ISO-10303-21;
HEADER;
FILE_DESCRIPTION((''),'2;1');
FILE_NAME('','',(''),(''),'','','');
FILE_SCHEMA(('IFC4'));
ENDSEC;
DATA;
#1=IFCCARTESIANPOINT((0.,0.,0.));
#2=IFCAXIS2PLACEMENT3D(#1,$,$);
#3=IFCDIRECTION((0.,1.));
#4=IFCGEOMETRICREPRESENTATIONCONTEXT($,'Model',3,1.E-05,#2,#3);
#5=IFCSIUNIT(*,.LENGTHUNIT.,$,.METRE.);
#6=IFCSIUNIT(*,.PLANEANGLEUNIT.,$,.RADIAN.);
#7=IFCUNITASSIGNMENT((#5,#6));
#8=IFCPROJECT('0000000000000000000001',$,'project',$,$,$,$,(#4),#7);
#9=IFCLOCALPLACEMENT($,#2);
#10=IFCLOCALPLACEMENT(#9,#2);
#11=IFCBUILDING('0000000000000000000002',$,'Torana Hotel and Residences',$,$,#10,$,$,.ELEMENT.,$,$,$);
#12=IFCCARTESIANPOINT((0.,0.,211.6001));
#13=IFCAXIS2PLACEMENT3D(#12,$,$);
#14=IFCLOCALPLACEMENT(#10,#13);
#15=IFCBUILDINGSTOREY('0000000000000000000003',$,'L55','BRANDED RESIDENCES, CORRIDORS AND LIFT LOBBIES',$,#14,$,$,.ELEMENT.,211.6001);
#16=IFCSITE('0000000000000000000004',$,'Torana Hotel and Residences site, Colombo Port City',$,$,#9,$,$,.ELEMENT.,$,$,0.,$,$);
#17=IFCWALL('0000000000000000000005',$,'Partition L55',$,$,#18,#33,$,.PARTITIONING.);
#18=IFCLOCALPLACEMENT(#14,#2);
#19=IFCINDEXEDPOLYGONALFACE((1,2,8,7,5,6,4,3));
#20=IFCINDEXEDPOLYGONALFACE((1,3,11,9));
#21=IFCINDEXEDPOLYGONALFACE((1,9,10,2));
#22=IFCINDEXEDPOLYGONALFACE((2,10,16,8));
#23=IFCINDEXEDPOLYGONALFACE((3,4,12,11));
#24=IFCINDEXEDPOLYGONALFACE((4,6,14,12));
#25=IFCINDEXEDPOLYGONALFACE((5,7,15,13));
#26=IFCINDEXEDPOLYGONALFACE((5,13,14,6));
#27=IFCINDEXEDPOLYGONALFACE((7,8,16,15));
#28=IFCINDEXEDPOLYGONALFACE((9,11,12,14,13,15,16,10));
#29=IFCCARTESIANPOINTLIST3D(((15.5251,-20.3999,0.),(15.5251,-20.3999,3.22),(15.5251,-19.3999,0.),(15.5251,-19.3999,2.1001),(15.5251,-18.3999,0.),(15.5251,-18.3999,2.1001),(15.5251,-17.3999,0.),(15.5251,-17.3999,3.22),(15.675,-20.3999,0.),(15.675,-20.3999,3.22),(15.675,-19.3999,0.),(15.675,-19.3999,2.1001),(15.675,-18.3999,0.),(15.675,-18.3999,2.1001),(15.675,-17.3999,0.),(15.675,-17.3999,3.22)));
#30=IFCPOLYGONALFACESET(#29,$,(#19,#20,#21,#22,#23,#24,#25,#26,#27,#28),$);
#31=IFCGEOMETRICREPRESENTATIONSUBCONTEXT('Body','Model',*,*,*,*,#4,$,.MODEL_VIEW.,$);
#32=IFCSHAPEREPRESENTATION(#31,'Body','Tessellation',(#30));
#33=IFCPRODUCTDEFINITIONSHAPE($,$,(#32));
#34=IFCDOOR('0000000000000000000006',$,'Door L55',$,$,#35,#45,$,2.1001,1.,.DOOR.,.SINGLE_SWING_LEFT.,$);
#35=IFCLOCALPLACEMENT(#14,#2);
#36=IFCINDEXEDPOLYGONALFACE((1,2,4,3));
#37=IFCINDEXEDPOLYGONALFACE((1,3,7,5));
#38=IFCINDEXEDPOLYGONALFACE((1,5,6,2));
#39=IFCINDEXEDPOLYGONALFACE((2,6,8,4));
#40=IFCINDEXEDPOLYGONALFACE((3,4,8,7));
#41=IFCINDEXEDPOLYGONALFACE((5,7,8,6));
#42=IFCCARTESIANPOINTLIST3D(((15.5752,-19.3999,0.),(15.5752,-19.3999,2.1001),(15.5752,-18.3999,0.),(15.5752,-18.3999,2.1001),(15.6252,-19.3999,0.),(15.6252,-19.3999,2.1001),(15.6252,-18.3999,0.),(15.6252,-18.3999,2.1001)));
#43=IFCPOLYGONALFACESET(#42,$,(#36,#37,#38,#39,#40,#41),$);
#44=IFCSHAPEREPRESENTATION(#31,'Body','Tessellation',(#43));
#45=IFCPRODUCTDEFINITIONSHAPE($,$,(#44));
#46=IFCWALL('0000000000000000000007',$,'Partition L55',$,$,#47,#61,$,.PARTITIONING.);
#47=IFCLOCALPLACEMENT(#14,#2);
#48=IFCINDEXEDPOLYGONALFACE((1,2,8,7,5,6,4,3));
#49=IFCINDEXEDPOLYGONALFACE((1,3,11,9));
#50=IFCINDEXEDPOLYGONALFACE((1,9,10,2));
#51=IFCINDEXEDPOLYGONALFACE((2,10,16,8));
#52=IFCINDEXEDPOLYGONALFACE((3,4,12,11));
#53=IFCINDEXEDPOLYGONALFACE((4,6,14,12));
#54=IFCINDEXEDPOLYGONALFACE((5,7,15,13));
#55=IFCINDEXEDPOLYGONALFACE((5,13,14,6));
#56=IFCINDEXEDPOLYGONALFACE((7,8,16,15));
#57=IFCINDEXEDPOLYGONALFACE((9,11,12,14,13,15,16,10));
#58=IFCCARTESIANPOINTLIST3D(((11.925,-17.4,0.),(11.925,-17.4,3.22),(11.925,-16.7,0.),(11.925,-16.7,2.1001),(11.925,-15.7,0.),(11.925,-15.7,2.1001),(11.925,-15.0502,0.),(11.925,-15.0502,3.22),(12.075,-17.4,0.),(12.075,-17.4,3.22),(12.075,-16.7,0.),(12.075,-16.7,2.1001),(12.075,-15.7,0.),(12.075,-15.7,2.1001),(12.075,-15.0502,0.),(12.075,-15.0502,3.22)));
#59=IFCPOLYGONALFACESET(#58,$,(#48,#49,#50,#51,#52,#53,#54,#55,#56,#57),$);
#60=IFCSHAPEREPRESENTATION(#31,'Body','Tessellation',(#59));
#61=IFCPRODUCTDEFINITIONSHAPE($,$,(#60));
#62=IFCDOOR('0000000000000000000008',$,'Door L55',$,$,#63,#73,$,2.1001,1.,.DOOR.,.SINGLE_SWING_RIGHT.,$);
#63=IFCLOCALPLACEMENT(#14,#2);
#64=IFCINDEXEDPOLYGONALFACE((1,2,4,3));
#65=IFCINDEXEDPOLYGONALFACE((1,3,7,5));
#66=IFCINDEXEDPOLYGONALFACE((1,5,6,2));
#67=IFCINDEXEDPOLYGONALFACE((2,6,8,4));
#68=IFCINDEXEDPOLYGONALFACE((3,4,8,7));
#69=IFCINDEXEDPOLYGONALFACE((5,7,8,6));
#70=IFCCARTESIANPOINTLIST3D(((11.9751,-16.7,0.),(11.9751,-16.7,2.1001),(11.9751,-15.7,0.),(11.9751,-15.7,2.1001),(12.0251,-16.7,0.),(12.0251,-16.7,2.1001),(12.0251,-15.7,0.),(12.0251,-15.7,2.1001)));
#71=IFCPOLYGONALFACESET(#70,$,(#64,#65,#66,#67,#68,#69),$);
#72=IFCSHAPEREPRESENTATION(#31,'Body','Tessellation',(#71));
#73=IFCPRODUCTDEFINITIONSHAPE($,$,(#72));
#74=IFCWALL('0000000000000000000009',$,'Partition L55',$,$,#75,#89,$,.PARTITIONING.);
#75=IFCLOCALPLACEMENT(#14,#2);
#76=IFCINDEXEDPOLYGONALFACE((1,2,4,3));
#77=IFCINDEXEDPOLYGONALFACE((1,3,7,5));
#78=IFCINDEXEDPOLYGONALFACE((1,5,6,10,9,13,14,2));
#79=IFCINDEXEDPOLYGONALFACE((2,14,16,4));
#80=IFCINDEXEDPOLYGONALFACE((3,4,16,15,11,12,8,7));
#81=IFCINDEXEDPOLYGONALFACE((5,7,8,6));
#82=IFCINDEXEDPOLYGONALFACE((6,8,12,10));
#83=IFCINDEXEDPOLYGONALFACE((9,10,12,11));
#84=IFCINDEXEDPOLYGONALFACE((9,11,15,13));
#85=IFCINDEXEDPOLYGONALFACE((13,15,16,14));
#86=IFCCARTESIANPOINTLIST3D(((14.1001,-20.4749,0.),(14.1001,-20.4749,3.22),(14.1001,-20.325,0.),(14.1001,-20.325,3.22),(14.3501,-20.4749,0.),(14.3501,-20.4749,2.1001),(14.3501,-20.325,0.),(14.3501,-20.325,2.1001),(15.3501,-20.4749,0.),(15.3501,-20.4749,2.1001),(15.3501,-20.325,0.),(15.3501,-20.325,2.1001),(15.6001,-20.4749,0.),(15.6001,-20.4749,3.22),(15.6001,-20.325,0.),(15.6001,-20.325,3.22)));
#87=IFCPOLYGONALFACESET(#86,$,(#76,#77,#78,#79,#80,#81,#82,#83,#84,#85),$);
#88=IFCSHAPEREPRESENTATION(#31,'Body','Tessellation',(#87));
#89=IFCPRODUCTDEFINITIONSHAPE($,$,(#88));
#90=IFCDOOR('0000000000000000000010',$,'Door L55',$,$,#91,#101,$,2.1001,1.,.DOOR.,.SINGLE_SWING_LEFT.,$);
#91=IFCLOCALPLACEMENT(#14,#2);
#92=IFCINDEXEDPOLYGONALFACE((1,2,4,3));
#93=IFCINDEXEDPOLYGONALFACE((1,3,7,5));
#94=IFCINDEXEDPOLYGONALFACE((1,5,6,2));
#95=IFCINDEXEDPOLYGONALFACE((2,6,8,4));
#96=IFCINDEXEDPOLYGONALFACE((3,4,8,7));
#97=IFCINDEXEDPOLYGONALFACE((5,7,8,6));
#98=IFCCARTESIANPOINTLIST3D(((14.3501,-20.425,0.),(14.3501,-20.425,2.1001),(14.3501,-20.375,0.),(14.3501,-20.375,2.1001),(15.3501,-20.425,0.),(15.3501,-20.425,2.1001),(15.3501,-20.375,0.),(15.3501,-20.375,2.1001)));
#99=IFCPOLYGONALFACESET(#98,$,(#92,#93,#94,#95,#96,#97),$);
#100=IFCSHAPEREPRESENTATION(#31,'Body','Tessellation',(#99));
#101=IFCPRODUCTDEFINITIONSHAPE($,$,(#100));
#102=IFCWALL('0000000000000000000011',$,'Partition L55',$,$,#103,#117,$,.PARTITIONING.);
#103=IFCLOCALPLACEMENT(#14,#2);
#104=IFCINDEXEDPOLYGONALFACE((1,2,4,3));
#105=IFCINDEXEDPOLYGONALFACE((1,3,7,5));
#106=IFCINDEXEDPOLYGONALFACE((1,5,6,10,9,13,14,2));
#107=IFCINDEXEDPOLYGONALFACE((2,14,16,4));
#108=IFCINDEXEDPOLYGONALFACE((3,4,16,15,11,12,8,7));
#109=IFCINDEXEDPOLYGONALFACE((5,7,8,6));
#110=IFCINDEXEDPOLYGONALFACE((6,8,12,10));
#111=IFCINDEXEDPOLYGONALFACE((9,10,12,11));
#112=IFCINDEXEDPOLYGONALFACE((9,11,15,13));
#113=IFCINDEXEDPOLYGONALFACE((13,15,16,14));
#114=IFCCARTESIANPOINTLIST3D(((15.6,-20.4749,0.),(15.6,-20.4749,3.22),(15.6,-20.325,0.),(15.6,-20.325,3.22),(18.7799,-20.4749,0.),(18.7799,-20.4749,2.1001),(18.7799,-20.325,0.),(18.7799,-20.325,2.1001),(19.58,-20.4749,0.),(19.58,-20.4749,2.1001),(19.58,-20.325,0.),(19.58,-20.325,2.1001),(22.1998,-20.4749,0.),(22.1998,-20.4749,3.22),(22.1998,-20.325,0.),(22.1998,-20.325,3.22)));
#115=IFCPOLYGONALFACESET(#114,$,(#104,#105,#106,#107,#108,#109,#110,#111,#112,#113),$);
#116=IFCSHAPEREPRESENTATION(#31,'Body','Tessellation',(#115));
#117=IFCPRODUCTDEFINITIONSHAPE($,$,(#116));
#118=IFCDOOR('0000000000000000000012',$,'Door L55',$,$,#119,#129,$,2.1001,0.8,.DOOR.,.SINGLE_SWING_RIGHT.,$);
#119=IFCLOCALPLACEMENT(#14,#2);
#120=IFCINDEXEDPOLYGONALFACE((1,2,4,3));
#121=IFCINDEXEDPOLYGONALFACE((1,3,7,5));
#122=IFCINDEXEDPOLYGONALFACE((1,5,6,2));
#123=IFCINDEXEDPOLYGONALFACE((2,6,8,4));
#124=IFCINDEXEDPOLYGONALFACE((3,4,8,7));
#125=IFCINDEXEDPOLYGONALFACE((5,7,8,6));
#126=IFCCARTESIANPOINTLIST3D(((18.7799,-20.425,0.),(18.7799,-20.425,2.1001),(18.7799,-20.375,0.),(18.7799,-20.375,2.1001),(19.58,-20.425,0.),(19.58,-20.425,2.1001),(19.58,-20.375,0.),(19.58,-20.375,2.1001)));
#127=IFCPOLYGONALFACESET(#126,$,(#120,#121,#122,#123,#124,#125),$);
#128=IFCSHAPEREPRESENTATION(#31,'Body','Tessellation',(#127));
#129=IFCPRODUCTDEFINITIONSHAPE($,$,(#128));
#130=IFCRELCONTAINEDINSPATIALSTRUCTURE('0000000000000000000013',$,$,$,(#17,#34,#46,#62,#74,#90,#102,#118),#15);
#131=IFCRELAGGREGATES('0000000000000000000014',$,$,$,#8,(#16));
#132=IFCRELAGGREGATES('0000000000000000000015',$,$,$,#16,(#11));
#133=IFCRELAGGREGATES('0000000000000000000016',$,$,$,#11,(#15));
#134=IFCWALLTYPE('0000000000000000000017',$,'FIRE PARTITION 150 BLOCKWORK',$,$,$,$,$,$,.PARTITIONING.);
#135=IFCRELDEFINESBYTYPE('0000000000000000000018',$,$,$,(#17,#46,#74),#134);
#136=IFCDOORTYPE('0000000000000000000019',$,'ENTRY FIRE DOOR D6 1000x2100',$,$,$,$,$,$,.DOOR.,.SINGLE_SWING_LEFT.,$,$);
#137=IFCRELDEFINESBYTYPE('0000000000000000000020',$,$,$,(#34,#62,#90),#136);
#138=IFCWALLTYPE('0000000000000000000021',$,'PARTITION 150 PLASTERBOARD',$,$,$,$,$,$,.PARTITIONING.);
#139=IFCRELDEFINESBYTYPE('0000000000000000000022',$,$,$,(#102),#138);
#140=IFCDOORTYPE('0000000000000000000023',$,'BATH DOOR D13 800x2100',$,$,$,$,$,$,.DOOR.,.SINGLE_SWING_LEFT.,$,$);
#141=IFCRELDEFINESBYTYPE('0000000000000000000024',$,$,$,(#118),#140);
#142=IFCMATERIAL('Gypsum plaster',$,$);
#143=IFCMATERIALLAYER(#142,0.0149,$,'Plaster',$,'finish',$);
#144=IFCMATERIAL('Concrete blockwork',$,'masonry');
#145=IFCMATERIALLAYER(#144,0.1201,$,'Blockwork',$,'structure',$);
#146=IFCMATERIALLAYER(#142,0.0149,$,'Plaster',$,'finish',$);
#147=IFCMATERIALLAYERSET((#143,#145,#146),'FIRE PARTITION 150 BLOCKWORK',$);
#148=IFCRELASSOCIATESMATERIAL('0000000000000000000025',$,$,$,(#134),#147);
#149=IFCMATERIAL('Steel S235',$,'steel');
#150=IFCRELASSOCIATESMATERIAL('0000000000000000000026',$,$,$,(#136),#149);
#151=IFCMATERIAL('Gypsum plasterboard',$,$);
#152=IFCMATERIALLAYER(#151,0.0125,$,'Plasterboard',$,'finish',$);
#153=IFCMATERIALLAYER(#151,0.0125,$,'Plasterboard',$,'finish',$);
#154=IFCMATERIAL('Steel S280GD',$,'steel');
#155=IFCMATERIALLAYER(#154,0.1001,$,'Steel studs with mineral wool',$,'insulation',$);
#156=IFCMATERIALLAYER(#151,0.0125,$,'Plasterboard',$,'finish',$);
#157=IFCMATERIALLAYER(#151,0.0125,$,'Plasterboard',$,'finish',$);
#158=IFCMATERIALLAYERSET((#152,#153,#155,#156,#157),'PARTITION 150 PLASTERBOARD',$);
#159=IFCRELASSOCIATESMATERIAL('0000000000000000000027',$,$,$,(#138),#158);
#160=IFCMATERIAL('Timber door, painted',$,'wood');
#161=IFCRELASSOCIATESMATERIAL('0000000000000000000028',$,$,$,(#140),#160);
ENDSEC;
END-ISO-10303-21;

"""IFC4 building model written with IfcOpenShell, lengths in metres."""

from ifc_helpers import new_model, si_unit, direction, frame, frame_2d, origin, place, context, subcontext, project, spatial, rectangle, extrude, material, layer, layer_set, type_object, element, fill, save


model = new_model("IFC4")

# Units and contexts
model_context = context("Model", 3, precision=1e-05, world=origin(), true_north=direction((0.0, 1.0)))
body_context = subcontext(model_context, "Body", "Model", "MODEL_VIEW")
ifc_project = project(units=[si_unit("LENGTHUNIT", "METRE"), si_unit("PLANEANGLEUNIT", "RADIAN")], contexts=[model_context])

# Site, building, storey
site_placement = place(None, origin())
site = spatial("IfcSite", under=ifc_project, at=site_placement, Name="Torana Hotel and Residences site, Colombo Port City", CompositionType="ELEMENT", RefElevation=0.0)
building_placement = place(site_placement, origin())
building = spatial("IfcBuilding", under=site, at=building_placement, Name="Torana Hotel and Residences", CompositionType="ELEMENT")
storey_placement = place(building_placement, frame((0.0, 0.0, 211.6001)))
storey = spatial("IfcBuildingStorey", under=building, at=storey_placement, Name="L55", Description="BRANDED RESIDENCES, CORRIDORS AND LIFT LOBBIES", CompositionType="ELEMENT", Elevation=211.6001)

# Walls, openings, doors
ifc_material_1 = material(Name="Gypsum plaster")
ifc_layer_1 = layer(ifc_material_1, 0.0149, Name="Plaster", Category="finish")
ifc_material_2 = material(Name="Concrete blockwork", Category="masonry")
ifc_layer_2 = layer(ifc_material_2, 0.1201, Name="Blockwork", Category="structure")
ifc_layer_3 = layer(ifc_material_1, 0.0149, Name="Plaster", Category="finish")
ifc_layer_set_1 = layer_set([ifc_layer_1, ifc_layer_2, ifc_layer_3], Name="FIRE PARTITION 150 BLOCKWORK")
wall_type_1 = type_object("IfcWallType", Name="FIRE PARTITION 150 BLOCKWORK", PredefinedType="PARTITIONING", material=ifc_layer_set_1)
wall_1_placement = place(storey_placement, frame((15.6001, -20.3999, 0.0), z_axis=(0.0, 0.0, 1.0), x_axis=(0.0, 1.0, 0.0)))
wall_1 = element("IfcWall", 1, at=wall_1_placement, inside=storey, type_object=wall_type_1, Name="Partition L55", PredefinedType="PARTITIONING", context=body_context, shape_type="SweptSolid", body=[
    extrude(rectangle(XDim=3.0, YDim=0.1499, at=frame_2d((1.5, 0.0))), origin(), (0.0, 0.0, 1.0), 3.22),
])
opening_1_placement = place(wall_1_placement, frame((1.0, 0.0, 0.0)))
opening_1 = element("IfcOpeningElement", 2, at=opening_1_placement, cuts=wall_1, PredefinedType="OPENING", context=body_context, shape_type="SweptSolid", body=[
    extrude(rectangle(XDim=1.0, YDim=2.1001, at=frame_2d((0.5, 1.05))), frame((0.0, 0.085, 0.0), z_axis=(0.0, -1.0, 0.0), x_axis=(1.0, 0.0, 0.0)), (0.0, 0.0, 1.0), 0.1699),
])
ifc_material_3 = material(Name="Steel S235", Category="steel")
door_type_1 = type_object("IfcDoorType", Name="ENTRY FIRE DOOR D6 1000x2100", OperationType="SINGLE_SWING_LEFT", PredefinedType="DOOR", material=ifc_material_3)
door_1_placement = place(opening_1_placement, frame((0.5, 0.0, 0.0), z_axis=(0.0, 0.0, 1.0), x_axis=(-1.0, 0.0, 0.0)))
door_1 = element("IfcDoor", 3, at=door_1_placement, inside=storey, type_object=door_type_1, Name="Door L55", OperationType="SINGLE_SWING_LEFT", OverallHeight=2.1001, OverallWidth=1.0, PredefinedType="DOOR", context=body_context, shape_type="SweptSolid", body=[
    extrude(rectangle(XDim=1.0, YDim=2.1001, at=frame_2d((0.0, 1.05))), frame((0.0, -0.0249, 0.0), z_axis=(0.0, 1.0, 0.0), x_axis=(-1.0, 0.0, 0.0)), (0.0, 0.0, 1.0), 0.05),
])
fill(opening_1, door_1)
wall_2_placement = place(storey_placement, frame((12.0, -17.3999, 0.0), z_axis=(0.0, 0.0, 1.0), x_axis=(0.0, 1.0, 0.0)))
wall_2 = element("IfcWall", 4, at=wall_2_placement, inside=storey, type_object=wall_type_1, Name="Partition L55", PredefinedType="PARTITIONING", context=body_context, shape_type="SweptSolid", body=[
    extrude(rectangle(XDim=2.3499, YDim=0.1499, at=frame_2d((1.1748, 0.0))), origin(), (0.0, 0.0, 1.0), 3.22),
])
opening_2_placement = place(wall_2_placement, frame((0.7, 0.0, 0.0)))
opening_2 = element("IfcOpeningElement", 5, at=opening_2_placement, cuts=wall_2, PredefinedType="OPENING", context=body_context, shape_type="SweptSolid", body=[
    extrude(rectangle(XDim=1.0, YDim=2.1001, at=frame_2d((0.5, 1.05))), frame((0.0, 0.085, 0.0), z_axis=(0.0, -1.0, 0.0), x_axis=(1.0, 0.0, 0.0)), (0.0, 0.0, 1.0), 0.1699),
])
door_2_placement = place(opening_2_placement, origin())
door_2 = element("IfcDoor", 6, at=door_2_placement, inside=storey, type_object=door_type_1, Name="Door L55", OperationType="SINGLE_SWING_RIGHT", OverallHeight=2.1001, OverallWidth=1.0, PredefinedType="DOOR", context=body_context, shape_type="SweptSolid", body=[
    extrude(rectangle(XDim=1.0, YDim=2.1001, at=frame_2d((0.5, 1.05))), frame((0.0, 0.0249, 0.0), z_axis=(0.0, -1.0, 0.0), x_axis=(1.0, 0.0, 0.0)), (0.0, 0.0, 1.0), 0.05),
])
fill(opening_2, door_2)
wall_3_placement = place(storey_placement, frame((14.1001, -20.3999, 0.0), z_axis=(0.0, 0.0, 1.0), x_axis=(1.0, 0.0, 0.0)))
wall_3 = element("IfcWall", 7, at=wall_3_placement, inside=storey, type_object=wall_type_1, Name="Partition L55", PredefinedType="PARTITIONING", context=body_context, shape_type="SweptSolid", body=[
    extrude(rectangle(XDim=1.5, YDim=0.1499, at=frame_2d((0.75, 0.0))), origin(), (0.0, 0.0, 1.0), 3.22),
])
opening_3_placement = place(wall_3_placement, frame((0.25, 0.0, 0.0)))
opening_3 = element("IfcOpeningElement", 8, at=opening_3_placement, cuts=wall_3, PredefinedType="OPENING", context=body_context, shape_type="SweptSolid", body=[
    extrude(rectangle(XDim=1.0, YDim=2.1001, at=frame_2d((0.5, 1.05))), frame((0.0, 0.085, 0.0), z_axis=(0.0, -1.0, 0.0), x_axis=(1.0, 0.0, 0.0)), (0.0, 0.0, 1.0), 0.1699),
])
door_3_placement = place(opening_3_placement, frame((0.5, 0.0, 0.0), z_axis=(0.0, 0.0, 1.0), x_axis=(-1.0, 0.0, 0.0)))
door_3 = element("IfcDoor", 9, at=door_3_placement, inside=storey, type_object=door_type_1, Name="Door L55", OperationType="SINGLE_SWING_LEFT", OverallHeight=2.1001, OverallWidth=1.0, PredefinedType="DOOR", context=body_context, shape_type="SweptSolid", body=[
    extrude(rectangle(XDim=1.0, YDim=2.1001, at=frame_2d((0.0, 1.05))), frame((0.0, -0.0249, 0.0), z_axis=(0.0, 1.0, 0.0), x_axis=(-1.0, 0.0, 0.0)), (0.0, 0.0, 1.0), 0.05),
])
fill(opening_3, door_3)
ifc_material_4 = material(Name="Gypsum plasterboard")
ifc_layer_4 = layer(ifc_material_4, 0.0125, Name="Plasterboard", Category="finish")
ifc_layer_5 = layer(ifc_material_4, 0.0125, Name="Plasterboard", Category="finish")
ifc_material_5 = material(Name="Steel S280GD", Category="steel")
ifc_layer_6 = layer(ifc_material_5, 0.1001, Name="Steel studs with mineral wool", Category="insulation")
ifc_layer_7 = layer(ifc_material_4, 0.0125, Name="Plasterboard", Category="finish")
ifc_layer_8 = layer(ifc_material_4, 0.0125, Name="Plasterboard", Category="finish")
ifc_layer_set_2 = layer_set([ifc_layer_4, ifc_layer_5, ifc_layer_6, ifc_layer_7, ifc_layer_8], Name="PARTITION 150 PLASTERBOARD")
wall_type_2 = type_object("IfcWallType", Name="PARTITION 150 PLASTERBOARD", PredefinedType="PARTITIONING", material=ifc_layer_set_2)
wall_4_placement = place(storey_placement, frame((15.6001, -20.3999, 0.0), z_axis=(0.0, 0.0, 1.0), x_axis=(1.0, 0.0, 0.0)))
wall_4 = element("IfcWall", 10, at=wall_4_placement, inside=storey, type_object=wall_type_2, Name="Partition L55", PredefinedType="PARTITIONING", context=body_context, shape_type="SweptSolid", body=[
    extrude(rectangle(XDim=6.5999, YDim=0.1499, at=frame_2d((3.2998, 0.0))), origin(), (0.0, 0.0, 1.0), 3.22),
])
opening_4_placement = place(wall_4_placement, frame((3.1799, 0.0, 0.0)))
opening_4 = element("IfcOpeningElement", 11, at=opening_4_placement, cuts=wall_4, PredefinedType="OPENING", context=body_context, shape_type="SweptSolid", body=[
    extrude(rectangle(XDim=0.8, YDim=2.1001, at=frame_2d((0.3999, 1.05))), frame((0.0, 0.085, 0.0), z_axis=(0.0, -1.0, 0.0), x_axis=(1.0, 0.0, 0.0)), (0.0, 0.0, 1.0), 0.1699),
])
ifc_material_6 = material(Name="Timber door, painted", Category="wood")
door_type_2 = type_object("IfcDoorType", Name="BATH DOOR D13 800x2100", OperationType="SINGLE_SWING_LEFT", PredefinedType="DOOR", material=ifc_material_6)
door_4_placement = place(opening_4_placement, origin())
door_4 = element("IfcDoor", 12, at=door_4_placement, inside=storey, type_object=door_type_2, Name="Door L55", OperationType="SINGLE_SWING_RIGHT", OverallHeight=2.1001, OverallWidth=0.8, PredefinedType="DOOR", context=body_context, shape_type="SweptSolid", body=[
    extrude(rectangle(XDim=0.8, YDim=2.1001, at=frame_2d((0.3999, 1.05))), frame((0.0, 0.0249, 0.0), z_axis=(0.0, -1.0, 0.0), x_axis=(1.0, 0.0, 0.0)), (0.0, 0.0, 1.0), 0.05),
])
fill(opening_4, door_4)

save(model, "model.ifc")
